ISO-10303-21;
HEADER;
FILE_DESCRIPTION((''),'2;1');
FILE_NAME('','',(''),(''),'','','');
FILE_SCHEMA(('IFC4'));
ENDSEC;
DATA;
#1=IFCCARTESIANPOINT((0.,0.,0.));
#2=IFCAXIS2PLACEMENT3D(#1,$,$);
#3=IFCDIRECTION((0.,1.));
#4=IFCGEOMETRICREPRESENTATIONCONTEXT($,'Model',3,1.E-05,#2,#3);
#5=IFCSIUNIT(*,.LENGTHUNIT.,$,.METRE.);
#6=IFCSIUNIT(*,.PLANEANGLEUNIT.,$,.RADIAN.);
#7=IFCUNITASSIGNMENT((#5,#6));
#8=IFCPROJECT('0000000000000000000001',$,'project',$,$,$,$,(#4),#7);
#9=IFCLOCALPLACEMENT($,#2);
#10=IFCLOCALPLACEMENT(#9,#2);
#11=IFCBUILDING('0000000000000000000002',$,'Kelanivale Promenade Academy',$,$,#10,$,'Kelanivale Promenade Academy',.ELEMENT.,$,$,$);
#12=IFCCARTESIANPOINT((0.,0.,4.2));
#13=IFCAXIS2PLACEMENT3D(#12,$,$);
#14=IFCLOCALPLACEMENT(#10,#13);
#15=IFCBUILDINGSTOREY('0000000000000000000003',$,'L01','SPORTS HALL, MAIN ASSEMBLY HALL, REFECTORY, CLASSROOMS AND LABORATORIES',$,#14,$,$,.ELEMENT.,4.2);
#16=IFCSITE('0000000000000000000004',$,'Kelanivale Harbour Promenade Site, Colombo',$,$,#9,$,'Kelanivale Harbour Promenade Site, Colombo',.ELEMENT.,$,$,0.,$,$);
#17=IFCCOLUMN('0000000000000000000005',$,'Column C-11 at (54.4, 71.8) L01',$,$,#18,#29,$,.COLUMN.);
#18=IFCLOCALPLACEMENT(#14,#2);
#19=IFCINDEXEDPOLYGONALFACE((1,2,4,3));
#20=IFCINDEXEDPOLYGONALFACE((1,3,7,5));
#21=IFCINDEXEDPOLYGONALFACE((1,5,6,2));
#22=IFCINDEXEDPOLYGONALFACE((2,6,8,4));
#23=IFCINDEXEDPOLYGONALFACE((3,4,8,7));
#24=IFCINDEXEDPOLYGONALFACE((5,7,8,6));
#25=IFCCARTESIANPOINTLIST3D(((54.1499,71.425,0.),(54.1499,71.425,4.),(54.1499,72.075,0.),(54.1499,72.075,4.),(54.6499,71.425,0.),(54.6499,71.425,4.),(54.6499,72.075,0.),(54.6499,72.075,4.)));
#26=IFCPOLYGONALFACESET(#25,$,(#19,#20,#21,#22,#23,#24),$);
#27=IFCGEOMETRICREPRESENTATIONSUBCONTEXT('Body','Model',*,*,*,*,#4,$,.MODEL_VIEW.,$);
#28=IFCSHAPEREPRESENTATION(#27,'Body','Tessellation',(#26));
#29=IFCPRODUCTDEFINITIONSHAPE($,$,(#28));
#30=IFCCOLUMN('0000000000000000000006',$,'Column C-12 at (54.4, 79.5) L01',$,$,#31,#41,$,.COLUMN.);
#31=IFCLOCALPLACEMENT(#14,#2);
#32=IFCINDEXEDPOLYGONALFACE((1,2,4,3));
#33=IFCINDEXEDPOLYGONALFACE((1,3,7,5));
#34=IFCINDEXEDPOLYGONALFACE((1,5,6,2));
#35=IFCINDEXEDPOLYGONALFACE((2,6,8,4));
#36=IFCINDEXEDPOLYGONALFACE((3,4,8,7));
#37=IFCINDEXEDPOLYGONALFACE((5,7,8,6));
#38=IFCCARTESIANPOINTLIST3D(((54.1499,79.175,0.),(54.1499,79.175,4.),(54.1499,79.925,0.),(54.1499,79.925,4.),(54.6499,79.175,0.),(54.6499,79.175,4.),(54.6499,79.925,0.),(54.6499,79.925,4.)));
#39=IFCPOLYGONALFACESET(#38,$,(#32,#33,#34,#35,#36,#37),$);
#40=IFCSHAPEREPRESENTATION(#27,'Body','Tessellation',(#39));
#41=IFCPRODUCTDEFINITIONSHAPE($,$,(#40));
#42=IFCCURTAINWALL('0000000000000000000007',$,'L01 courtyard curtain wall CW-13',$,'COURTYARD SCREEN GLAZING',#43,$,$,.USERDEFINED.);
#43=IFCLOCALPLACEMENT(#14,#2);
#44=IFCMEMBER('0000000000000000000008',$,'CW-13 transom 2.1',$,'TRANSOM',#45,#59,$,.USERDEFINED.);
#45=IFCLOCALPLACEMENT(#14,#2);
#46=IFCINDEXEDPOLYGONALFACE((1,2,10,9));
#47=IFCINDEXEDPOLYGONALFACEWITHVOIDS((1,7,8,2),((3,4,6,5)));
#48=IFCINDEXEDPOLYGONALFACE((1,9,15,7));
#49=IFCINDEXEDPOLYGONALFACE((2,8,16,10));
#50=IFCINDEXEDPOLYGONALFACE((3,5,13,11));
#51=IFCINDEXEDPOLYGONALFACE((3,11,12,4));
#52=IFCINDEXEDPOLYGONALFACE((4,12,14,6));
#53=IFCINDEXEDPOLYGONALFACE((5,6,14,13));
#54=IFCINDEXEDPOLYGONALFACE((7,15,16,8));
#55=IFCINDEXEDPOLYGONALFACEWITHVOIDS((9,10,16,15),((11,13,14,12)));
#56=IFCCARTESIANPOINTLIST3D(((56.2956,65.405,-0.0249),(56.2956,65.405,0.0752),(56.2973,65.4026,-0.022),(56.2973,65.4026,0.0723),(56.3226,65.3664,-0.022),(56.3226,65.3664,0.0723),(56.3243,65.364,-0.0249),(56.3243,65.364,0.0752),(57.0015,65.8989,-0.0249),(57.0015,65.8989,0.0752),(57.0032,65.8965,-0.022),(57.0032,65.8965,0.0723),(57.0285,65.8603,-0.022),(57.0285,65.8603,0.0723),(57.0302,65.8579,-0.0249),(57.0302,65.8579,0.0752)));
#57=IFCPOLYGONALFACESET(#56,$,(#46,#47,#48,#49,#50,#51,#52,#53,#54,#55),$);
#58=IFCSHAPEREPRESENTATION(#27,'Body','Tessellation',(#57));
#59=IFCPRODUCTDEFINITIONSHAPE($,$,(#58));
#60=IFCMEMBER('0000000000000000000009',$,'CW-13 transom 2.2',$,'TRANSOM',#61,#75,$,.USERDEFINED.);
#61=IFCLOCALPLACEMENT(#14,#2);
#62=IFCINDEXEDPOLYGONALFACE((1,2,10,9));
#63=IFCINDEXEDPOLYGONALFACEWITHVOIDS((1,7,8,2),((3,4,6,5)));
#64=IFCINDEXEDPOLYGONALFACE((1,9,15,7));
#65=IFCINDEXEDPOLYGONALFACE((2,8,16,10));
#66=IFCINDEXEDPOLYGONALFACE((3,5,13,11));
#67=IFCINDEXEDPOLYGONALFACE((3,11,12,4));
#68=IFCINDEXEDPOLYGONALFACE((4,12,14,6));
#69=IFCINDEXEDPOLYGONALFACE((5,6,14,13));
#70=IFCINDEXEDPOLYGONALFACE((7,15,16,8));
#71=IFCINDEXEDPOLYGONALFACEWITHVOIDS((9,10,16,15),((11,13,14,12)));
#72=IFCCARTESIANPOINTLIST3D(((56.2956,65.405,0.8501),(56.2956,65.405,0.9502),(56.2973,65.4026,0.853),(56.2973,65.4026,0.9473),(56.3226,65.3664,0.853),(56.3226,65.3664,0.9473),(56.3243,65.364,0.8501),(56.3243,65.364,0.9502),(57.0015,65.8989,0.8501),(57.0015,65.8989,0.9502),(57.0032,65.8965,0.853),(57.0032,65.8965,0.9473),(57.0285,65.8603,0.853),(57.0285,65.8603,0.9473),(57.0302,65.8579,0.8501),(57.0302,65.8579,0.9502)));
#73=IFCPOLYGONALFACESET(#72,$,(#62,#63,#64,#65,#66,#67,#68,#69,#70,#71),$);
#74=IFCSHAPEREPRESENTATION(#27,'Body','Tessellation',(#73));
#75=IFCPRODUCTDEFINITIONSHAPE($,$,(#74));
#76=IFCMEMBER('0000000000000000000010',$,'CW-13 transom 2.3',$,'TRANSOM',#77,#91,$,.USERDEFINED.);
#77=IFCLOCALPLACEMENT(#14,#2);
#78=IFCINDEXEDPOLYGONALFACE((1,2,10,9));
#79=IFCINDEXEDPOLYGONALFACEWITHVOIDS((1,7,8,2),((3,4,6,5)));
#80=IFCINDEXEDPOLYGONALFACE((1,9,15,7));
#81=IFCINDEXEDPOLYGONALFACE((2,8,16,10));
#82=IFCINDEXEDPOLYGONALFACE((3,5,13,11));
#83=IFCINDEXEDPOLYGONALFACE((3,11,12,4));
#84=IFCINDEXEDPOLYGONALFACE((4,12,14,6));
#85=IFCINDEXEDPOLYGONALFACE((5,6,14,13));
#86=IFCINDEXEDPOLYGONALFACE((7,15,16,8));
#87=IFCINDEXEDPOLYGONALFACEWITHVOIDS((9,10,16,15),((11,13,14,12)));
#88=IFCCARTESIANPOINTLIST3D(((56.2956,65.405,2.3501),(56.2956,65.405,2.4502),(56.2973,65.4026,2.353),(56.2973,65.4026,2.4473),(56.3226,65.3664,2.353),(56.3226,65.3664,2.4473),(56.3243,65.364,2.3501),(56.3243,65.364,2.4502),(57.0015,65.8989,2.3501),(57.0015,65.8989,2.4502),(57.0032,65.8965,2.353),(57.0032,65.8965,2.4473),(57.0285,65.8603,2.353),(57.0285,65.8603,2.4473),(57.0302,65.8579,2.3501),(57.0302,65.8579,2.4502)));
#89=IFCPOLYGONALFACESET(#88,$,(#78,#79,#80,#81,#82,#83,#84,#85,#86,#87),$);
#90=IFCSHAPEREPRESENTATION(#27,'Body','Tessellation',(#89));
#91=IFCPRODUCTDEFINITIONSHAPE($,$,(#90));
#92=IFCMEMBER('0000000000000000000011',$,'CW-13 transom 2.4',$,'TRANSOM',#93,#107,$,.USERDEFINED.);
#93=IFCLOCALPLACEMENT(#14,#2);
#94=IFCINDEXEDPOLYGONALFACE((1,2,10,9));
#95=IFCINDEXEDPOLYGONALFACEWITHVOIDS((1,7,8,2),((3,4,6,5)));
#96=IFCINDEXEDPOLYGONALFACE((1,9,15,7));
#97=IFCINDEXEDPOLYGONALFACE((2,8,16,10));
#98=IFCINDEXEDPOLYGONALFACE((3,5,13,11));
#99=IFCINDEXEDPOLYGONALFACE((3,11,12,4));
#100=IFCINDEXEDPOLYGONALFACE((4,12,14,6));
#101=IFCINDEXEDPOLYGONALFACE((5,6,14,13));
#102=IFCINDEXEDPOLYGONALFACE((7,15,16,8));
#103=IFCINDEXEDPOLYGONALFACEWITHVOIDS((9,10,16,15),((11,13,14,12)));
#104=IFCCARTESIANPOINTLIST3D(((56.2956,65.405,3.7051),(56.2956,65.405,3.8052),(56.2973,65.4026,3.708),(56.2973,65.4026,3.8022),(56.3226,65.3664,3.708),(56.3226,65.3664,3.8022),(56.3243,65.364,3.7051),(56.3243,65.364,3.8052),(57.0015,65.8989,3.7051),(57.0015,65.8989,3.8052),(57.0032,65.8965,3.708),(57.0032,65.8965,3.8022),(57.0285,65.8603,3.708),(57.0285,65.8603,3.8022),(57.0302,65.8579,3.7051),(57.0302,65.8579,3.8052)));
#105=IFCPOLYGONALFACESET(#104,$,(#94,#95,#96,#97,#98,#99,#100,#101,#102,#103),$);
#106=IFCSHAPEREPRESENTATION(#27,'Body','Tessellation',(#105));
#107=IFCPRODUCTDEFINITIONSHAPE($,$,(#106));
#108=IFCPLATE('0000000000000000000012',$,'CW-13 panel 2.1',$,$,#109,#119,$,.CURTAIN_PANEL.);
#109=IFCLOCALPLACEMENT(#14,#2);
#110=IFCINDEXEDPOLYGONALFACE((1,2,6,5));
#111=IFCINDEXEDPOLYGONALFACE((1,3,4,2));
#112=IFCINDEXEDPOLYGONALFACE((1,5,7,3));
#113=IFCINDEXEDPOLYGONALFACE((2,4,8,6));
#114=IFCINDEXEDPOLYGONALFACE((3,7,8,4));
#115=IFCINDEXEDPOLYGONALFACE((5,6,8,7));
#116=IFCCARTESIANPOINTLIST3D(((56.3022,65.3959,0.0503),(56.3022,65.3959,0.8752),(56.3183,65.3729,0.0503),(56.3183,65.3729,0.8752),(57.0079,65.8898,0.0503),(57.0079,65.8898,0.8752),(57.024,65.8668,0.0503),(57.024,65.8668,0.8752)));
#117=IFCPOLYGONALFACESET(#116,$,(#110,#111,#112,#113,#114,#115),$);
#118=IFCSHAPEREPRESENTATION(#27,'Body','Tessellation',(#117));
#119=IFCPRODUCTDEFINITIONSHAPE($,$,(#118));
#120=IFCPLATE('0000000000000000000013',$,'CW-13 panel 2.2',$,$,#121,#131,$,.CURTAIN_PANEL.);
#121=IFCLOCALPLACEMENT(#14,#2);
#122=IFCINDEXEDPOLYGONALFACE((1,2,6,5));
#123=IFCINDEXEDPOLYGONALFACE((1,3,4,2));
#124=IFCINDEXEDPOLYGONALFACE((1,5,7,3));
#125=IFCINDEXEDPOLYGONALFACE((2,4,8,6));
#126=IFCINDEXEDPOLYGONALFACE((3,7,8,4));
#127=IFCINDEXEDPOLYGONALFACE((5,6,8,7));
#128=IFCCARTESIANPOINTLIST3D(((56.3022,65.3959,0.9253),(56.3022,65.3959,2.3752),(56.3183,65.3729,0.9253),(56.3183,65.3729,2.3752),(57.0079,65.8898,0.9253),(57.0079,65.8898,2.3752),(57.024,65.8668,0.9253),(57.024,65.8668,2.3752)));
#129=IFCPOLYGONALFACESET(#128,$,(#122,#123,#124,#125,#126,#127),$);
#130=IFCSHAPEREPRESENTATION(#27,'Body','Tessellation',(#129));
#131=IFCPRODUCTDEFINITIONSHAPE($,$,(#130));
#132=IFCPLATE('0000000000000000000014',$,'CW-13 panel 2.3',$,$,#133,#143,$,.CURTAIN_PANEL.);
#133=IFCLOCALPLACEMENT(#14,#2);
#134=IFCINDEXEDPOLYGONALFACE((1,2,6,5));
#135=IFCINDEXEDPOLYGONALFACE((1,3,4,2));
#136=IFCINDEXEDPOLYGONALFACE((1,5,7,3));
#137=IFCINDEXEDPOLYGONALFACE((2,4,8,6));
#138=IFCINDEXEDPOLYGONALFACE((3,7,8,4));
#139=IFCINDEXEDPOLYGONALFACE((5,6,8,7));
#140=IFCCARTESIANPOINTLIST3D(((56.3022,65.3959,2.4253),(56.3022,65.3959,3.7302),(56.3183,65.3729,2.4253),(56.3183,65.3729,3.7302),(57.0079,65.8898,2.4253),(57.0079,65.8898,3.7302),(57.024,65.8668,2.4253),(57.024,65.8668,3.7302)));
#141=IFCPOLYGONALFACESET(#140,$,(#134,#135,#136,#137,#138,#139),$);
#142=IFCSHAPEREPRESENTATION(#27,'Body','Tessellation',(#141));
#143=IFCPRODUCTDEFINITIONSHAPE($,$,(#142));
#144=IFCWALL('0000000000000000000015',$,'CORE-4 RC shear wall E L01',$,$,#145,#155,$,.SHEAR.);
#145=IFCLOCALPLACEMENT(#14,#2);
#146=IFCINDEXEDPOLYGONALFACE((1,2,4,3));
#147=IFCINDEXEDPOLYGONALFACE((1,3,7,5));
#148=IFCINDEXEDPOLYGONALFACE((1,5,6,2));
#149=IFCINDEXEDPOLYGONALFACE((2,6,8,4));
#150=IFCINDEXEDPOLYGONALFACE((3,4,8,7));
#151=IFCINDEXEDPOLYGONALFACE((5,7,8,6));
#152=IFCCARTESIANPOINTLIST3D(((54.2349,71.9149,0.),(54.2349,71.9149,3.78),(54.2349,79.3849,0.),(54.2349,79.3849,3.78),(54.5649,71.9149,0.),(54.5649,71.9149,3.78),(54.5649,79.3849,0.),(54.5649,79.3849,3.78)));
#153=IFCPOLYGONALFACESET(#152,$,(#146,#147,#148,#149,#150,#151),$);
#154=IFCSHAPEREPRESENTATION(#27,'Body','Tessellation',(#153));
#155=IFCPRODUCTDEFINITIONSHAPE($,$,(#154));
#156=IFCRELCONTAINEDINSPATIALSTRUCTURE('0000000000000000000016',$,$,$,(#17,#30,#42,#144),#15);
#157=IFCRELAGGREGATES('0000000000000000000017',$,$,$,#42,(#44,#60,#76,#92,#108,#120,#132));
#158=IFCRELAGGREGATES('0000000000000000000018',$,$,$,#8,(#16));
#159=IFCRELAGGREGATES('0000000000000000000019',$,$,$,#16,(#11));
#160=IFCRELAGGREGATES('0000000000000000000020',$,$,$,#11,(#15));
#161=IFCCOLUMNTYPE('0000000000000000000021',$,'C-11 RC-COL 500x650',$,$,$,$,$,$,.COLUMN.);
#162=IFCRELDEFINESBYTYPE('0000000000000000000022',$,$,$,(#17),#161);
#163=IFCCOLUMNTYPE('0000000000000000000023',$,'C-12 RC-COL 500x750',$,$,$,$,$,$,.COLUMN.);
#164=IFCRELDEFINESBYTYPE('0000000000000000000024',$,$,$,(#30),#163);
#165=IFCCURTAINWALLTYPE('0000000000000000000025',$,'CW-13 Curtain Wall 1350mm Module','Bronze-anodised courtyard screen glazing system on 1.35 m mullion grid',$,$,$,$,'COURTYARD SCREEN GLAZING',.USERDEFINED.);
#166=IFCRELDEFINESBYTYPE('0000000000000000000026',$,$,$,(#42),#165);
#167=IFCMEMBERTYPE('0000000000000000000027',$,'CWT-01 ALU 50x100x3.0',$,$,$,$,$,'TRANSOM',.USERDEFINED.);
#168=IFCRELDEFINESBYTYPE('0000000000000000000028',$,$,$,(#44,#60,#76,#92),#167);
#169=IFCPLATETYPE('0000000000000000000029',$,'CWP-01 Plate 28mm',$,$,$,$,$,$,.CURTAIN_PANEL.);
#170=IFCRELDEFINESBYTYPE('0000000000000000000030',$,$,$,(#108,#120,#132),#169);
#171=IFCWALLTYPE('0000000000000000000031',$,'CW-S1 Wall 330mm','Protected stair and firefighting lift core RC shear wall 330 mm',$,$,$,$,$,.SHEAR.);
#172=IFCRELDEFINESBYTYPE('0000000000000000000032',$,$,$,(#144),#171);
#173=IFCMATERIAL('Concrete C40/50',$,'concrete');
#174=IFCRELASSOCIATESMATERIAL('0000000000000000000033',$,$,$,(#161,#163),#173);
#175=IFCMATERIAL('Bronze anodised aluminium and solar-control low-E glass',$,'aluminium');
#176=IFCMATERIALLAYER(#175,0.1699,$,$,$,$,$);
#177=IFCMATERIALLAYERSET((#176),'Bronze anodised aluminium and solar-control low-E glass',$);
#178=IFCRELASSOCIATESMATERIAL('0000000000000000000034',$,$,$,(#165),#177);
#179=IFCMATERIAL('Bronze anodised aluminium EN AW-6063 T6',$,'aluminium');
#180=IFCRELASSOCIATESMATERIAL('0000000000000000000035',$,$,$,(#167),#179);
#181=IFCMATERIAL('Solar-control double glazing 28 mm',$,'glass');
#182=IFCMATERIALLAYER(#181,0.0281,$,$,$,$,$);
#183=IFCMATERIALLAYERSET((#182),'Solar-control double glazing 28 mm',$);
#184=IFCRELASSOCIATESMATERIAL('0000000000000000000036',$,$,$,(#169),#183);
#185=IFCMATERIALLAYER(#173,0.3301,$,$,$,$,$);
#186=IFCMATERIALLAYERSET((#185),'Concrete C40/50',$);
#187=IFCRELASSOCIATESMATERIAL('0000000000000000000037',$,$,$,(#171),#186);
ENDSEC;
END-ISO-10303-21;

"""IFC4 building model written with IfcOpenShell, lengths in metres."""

from ifc_helpers import new_model, si_unit, direction, frame, frame_2d, origin, origin_2d, place, context, subcontext, project, spatial, rectangle, hollow_rectangle, extrude, material, layer, layer_set, material_profile, profile_set, type_object, element, aggregate, save


model = new_model("IFC4")

# Units and contexts
model_context = context("Model", 3, precision=1e-05, world=origin(), true_north=direction((0.0, 1.0)))
body_context = subcontext(model_context, "Body", "Model", "MODEL_VIEW")
ifc_project = project(units=[si_unit("LENGTHUNIT", "METRE"), si_unit("PLANEANGLEUNIT", "RADIAN")], contexts=[model_context])

# Site, building, storey
site_placement = place(None, origin())
site = spatial("IfcSite", under=ifc_project, at=site_placement, Name="Kelanivale Harbour Promenade Site, Colombo", LongName="Kelanivale Harbour Promenade Site, Colombo", CompositionType="ELEMENT", RefElevation=0.0)
building_placement = place(site_placement, origin())
building = spatial("IfcBuilding", under=site, at=building_placement, Name="Kelanivale Promenade Academy", LongName="Kelanivale Promenade Academy", CompositionType="ELEMENT")
storey_placement = place(building_placement, frame((0.0, 0.0, 4.2)))
storey = spatial("IfcBuildingStorey", under=building, at=storey_placement, Name="L01", Description="SPORTS HALL, MAIN ASSEMBLY HALL, REFECTORY, CLASSROOMS AND LABORATORIES", CompositionType="ELEMENT", Elevation=4.2)

# Columns
ifc_material_1 = material(Name="Concrete C40/50", Category="concrete")
ifc_material_profile_1 = material_profile(ifc_material_1, rectangle(XDim=0.5, YDim=0.6499, at=origin_2d()), Name="RC-COL 500x650")
ifc_profile_set_1 = profile_set([ifc_material_profile_1], Name="Concrete C40/50")
column_type_1 = type_object("IfcColumnType", Name="C-11 RC-COL 500x650", PredefinedType="COLUMN", material=ifc_profile_set_1)
column_1_placement = place(storey_placement, frame((54.3999, 71.75, 0.0), z_axis=(0.0, 0.0, 1.0), x_axis=(1.0, 0.0, 0.0)))
element("IfcColumn", 1, at=column_1_placement, inside=storey, type_object=column_type_1, Name="Column C-11 at (54.4, 71.8) L01", PredefinedType="COLUMN", context=body_context, shape_type="SweptSolid", body=[
    extrude(rectangle(XDim=0.5, YDim=0.6499, at=origin_2d()), origin(), (0.0, 0.0, 1.0), 4.0),
])
ifc_material_profile_2 = material_profile(ifc_material_1, rectangle(XDim=0.5, YDim=0.75, at=origin_2d()), Name="RC-COL 500x750")
ifc_profile_set_2 = profile_set([ifc_material_profile_2], Name="Concrete C40/50")
column_type_2 = type_object("IfcColumnType", Name="C-12 RC-COL 500x750", PredefinedType="COLUMN", material=ifc_profile_set_2)
column_2_placement = place(storey_placement, frame((54.3999, 79.55, 0.0), z_axis=(0.0, 0.0, 1.0), x_axis=(1.0, 0.0, 0.0)))
element("IfcColumn", 2, at=column_2_placement, inside=storey, type_object=column_type_2, Name="Column C-12 at (54.4, 79.5) L01", PredefinedType="COLUMN", context=body_context, shape_type="SweptSolid", body=[
    extrude(rectangle(XDim=0.5, YDim=0.75, at=origin_2d()), origin(), (0.0, 0.0, 1.0), 4.0),
])

# Curtain wall, members, plates
ifc_material_2 = material(Name="Bronze anodised aluminium and solar-control low-E glass", Category="aluminium")
ifc_layer_1 = layer(ifc_material_2, 0.1699)
ifc_layer_set_1 = layer_set([ifc_layer_1], Name="Bronze anodised aluminium and solar-control low-E glass")
curtain_wall_type = type_object("IfcCurtainWallType", Name="CW-13 Curtain Wall 1350mm Module", Description="Bronze-anodised courtyard screen glazing system on 1.35 m mullion grid", ElementType="COURTYARD SCREEN GLAZING", PredefinedType="USERDEFINED", material=ifc_layer_set_1)
curtain_wall_placement = place(storey_placement, origin())
curtain_wall = element("IfcCurtainWall", 3, at=curtain_wall_placement, inside=storey, type_object=curtain_wall_type, Name="L01 courtyard curtain wall CW-13", ObjectType="COURTYARD SCREEN GLAZING", PredefinedType="USERDEFINED")
ifc_material_3 = material(Name="Bronze anodised aluminium EN AW-6063 T6", Category="aluminium")
ifc_material_profile_3 = material_profile(ifc_material_3, hollow_rectangle(XDim=0.05, YDim=0.1001, WallThickness=0.0029, at=origin_2d()), Name="ALU 50x100x3.0")
ifc_profile_set_3 = profile_set([ifc_material_profile_3], Name="Bronze anodised aluminium EN AW-6063 T6")
member_type = type_object("IfcMemberType", Name="CWT-01 ALU 50x100x3.0", ElementType="TRANSOM", PredefinedType="USERDEFINED", material=ifc_profile_set_3)
member_1_placement = place(storey_placement, frame((57.0159, 65.8784, 0.0251), z_axis=(-0.819325, -0.573329, 0.0), x_axis=(0.573329, -0.819325, 0.0)))
member_1 = element("IfcMember", 4, at=member_1_placement, type_object=member_type, Name="CW-13 transom 2.1", ObjectType="TRANSOM", PredefinedType="USERDEFINED", context=body_context, shape_type="SweptSolid", body=[
    extrude(hollow_rectangle(XDim=0.05, YDim=0.1001, WallThickness=0.0029, at=origin_2d()), origin(), (0.0, 0.0, 1.0), 0.8616),
])
member_2_placement = place(storey_placement, frame((57.0159, 65.8784, 0.9001), z_axis=(-0.819325, -0.573329, 0.0), x_axis=(0.573329, -0.819325, 0.0)))
member_2 = element("IfcMember", 5, at=member_2_placement, type_object=member_type, Name="CW-13 transom 2.2", ObjectType="TRANSOM", PredefinedType="USERDEFINED", context=body_context, shape_type="SweptSolid", body=[
    extrude(hollow_rectangle(XDim=0.05, YDim=0.1001, WallThickness=0.0029, at=origin_2d()), origin(), (0.0, 0.0, 1.0), 0.8616),
])
member_3_placement = place(storey_placement, frame((57.0159, 65.8784, 2.4001), z_axis=(-0.819325, -0.573329, 0.0), x_axis=(0.573329, -0.819325, 0.0)))
member_3 = element("IfcMember", 6, at=member_3_placement, type_object=member_type, Name="CW-13 transom 2.3", ObjectType="TRANSOM", PredefinedType="USERDEFINED", context=body_context, shape_type="SweptSolid", body=[
    extrude(hollow_rectangle(XDim=0.05, YDim=0.1001, WallThickness=0.0029, at=origin_2d()), origin(), (0.0, 0.0, 1.0), 0.8616),
])
member_4_placement = place(storey_placement, frame((57.0159, 65.8784, 3.7551), z_axis=(-0.819325, -0.573329, 0.0), x_axis=(0.573329, -0.819325, 0.0)))
member_4 = element("IfcMember", 7, at=member_4_placement, type_object=member_type, Name="CW-13 transom 2.4", ObjectType="TRANSOM", PredefinedType="USERDEFINED", context=body_context, shape_type="SweptSolid", body=[
    extrude(hollow_rectangle(XDim=0.05, YDim=0.1001, WallThickness=0.0029, at=origin_2d()), origin(), (0.0, 0.0, 1.0), 0.8616),
])
ifc_material_4 = material(Name="Solar-control double glazing 28 mm", Category="glass")
ifc_layer_2 = layer(ifc_material_4, 0.0281)
ifc_layer_set_2 = layer_set([ifc_layer_2], Name="Solar-control double glazing 28 mm")
plate_type = type_object("IfcPlateType", Name="CWP-01 Plate 28mm", PredefinedType="CURTAIN_PANEL", material=ifc_layer_set_2)
plate_1_placement = place(storey_placement, frame((56.6631, 65.6313, 0.0503), z_axis=(0.0, 0.0, 1.0), x_axis=(-0.819306, -0.573357, 0.0)))
plate_1 = element("IfcPlate", 8, at=plate_1_placement, type_object=plate_type, Name="CW-13 panel 2.1", PredefinedType="CURTAIN_PANEL", context=body_context, shape_type="SweptSolid", body=[
    extrude(rectangle(XDim=0.8613, YDim=0.0281, at=origin_2d()), origin(), (0.0, 0.0, 1.0), 0.825),
])
plate_2_placement = place(storey_placement, frame((56.6631, 65.6313, 0.9253), z_axis=(0.0, 0.0, 1.0), x_axis=(-0.819306, -0.573357, 0.0)))
plate_2 = element("IfcPlate", 9, at=plate_2_placement, type_object=plate_type, Name="CW-13 panel 2.2", PredefinedType="CURTAIN_PANEL", context=body_context, shape_type="SweptSolid", body=[
    extrude(rectangle(XDim=0.8613, YDim=0.0281, at=origin_2d()), origin(), (0.0, 0.0, 1.0), 1.45),
])
plate_3_placement = place(storey_placement, frame((56.6631, 65.6313, 2.4253), z_axis=(0.0, 0.0, 1.0), x_axis=(-0.819306, -0.573357, 0.0)))
plate_3 = element("IfcPlate", 10, at=plate_3_placement, type_object=plate_type, Name="CW-13 panel 2.3", PredefinedType="CURTAIN_PANEL", context=body_context, shape_type="SweptSolid", body=[
    extrude(rectangle(XDim=0.8613, YDim=0.0281, at=origin_2d()), origin(), (0.0, 0.0, 1.0), 1.3049),
])
aggregate(curtain_wall, [member_1, member_2, member_3, member_4, plate_1, plate_2, plate_3])

# Wall
ifc_layer_3 = layer(ifc_material_1, 0.3301)
ifc_layer_set_3 = layer_set([ifc_layer_3], Name="Concrete C40/50")
wall_type_1 = type_object("IfcWallType", Name="CW-S1 Wall 330mm", Description="Protected stair and firefighting lift core RC shear wall 330 mm", PredefinedType="SHEAR", material=ifc_layer_set_3)
wall_1_placement = place(storey_placement, frame((54.3999, 71.915, 0.0), z_axis=(0.0, 0.0, 1.0), x_axis=(0.0, 1.0, 0.0)))
element("IfcWall", 11, at=wall_1_placement, inside=storey, type_object=wall_type_1, Name="CORE-4 RC shear wall E L01", PredefinedType="SHEAR", context=body_context, shape_type="SweptSolid", body=[
    extrude(rectangle(XDim=7.47, YDim=0.3301, at=frame_2d((3.7349, 0.0))), origin(), (0.0, 0.0, 1.0), 3.78),
])

save(model, "model.ifc")
